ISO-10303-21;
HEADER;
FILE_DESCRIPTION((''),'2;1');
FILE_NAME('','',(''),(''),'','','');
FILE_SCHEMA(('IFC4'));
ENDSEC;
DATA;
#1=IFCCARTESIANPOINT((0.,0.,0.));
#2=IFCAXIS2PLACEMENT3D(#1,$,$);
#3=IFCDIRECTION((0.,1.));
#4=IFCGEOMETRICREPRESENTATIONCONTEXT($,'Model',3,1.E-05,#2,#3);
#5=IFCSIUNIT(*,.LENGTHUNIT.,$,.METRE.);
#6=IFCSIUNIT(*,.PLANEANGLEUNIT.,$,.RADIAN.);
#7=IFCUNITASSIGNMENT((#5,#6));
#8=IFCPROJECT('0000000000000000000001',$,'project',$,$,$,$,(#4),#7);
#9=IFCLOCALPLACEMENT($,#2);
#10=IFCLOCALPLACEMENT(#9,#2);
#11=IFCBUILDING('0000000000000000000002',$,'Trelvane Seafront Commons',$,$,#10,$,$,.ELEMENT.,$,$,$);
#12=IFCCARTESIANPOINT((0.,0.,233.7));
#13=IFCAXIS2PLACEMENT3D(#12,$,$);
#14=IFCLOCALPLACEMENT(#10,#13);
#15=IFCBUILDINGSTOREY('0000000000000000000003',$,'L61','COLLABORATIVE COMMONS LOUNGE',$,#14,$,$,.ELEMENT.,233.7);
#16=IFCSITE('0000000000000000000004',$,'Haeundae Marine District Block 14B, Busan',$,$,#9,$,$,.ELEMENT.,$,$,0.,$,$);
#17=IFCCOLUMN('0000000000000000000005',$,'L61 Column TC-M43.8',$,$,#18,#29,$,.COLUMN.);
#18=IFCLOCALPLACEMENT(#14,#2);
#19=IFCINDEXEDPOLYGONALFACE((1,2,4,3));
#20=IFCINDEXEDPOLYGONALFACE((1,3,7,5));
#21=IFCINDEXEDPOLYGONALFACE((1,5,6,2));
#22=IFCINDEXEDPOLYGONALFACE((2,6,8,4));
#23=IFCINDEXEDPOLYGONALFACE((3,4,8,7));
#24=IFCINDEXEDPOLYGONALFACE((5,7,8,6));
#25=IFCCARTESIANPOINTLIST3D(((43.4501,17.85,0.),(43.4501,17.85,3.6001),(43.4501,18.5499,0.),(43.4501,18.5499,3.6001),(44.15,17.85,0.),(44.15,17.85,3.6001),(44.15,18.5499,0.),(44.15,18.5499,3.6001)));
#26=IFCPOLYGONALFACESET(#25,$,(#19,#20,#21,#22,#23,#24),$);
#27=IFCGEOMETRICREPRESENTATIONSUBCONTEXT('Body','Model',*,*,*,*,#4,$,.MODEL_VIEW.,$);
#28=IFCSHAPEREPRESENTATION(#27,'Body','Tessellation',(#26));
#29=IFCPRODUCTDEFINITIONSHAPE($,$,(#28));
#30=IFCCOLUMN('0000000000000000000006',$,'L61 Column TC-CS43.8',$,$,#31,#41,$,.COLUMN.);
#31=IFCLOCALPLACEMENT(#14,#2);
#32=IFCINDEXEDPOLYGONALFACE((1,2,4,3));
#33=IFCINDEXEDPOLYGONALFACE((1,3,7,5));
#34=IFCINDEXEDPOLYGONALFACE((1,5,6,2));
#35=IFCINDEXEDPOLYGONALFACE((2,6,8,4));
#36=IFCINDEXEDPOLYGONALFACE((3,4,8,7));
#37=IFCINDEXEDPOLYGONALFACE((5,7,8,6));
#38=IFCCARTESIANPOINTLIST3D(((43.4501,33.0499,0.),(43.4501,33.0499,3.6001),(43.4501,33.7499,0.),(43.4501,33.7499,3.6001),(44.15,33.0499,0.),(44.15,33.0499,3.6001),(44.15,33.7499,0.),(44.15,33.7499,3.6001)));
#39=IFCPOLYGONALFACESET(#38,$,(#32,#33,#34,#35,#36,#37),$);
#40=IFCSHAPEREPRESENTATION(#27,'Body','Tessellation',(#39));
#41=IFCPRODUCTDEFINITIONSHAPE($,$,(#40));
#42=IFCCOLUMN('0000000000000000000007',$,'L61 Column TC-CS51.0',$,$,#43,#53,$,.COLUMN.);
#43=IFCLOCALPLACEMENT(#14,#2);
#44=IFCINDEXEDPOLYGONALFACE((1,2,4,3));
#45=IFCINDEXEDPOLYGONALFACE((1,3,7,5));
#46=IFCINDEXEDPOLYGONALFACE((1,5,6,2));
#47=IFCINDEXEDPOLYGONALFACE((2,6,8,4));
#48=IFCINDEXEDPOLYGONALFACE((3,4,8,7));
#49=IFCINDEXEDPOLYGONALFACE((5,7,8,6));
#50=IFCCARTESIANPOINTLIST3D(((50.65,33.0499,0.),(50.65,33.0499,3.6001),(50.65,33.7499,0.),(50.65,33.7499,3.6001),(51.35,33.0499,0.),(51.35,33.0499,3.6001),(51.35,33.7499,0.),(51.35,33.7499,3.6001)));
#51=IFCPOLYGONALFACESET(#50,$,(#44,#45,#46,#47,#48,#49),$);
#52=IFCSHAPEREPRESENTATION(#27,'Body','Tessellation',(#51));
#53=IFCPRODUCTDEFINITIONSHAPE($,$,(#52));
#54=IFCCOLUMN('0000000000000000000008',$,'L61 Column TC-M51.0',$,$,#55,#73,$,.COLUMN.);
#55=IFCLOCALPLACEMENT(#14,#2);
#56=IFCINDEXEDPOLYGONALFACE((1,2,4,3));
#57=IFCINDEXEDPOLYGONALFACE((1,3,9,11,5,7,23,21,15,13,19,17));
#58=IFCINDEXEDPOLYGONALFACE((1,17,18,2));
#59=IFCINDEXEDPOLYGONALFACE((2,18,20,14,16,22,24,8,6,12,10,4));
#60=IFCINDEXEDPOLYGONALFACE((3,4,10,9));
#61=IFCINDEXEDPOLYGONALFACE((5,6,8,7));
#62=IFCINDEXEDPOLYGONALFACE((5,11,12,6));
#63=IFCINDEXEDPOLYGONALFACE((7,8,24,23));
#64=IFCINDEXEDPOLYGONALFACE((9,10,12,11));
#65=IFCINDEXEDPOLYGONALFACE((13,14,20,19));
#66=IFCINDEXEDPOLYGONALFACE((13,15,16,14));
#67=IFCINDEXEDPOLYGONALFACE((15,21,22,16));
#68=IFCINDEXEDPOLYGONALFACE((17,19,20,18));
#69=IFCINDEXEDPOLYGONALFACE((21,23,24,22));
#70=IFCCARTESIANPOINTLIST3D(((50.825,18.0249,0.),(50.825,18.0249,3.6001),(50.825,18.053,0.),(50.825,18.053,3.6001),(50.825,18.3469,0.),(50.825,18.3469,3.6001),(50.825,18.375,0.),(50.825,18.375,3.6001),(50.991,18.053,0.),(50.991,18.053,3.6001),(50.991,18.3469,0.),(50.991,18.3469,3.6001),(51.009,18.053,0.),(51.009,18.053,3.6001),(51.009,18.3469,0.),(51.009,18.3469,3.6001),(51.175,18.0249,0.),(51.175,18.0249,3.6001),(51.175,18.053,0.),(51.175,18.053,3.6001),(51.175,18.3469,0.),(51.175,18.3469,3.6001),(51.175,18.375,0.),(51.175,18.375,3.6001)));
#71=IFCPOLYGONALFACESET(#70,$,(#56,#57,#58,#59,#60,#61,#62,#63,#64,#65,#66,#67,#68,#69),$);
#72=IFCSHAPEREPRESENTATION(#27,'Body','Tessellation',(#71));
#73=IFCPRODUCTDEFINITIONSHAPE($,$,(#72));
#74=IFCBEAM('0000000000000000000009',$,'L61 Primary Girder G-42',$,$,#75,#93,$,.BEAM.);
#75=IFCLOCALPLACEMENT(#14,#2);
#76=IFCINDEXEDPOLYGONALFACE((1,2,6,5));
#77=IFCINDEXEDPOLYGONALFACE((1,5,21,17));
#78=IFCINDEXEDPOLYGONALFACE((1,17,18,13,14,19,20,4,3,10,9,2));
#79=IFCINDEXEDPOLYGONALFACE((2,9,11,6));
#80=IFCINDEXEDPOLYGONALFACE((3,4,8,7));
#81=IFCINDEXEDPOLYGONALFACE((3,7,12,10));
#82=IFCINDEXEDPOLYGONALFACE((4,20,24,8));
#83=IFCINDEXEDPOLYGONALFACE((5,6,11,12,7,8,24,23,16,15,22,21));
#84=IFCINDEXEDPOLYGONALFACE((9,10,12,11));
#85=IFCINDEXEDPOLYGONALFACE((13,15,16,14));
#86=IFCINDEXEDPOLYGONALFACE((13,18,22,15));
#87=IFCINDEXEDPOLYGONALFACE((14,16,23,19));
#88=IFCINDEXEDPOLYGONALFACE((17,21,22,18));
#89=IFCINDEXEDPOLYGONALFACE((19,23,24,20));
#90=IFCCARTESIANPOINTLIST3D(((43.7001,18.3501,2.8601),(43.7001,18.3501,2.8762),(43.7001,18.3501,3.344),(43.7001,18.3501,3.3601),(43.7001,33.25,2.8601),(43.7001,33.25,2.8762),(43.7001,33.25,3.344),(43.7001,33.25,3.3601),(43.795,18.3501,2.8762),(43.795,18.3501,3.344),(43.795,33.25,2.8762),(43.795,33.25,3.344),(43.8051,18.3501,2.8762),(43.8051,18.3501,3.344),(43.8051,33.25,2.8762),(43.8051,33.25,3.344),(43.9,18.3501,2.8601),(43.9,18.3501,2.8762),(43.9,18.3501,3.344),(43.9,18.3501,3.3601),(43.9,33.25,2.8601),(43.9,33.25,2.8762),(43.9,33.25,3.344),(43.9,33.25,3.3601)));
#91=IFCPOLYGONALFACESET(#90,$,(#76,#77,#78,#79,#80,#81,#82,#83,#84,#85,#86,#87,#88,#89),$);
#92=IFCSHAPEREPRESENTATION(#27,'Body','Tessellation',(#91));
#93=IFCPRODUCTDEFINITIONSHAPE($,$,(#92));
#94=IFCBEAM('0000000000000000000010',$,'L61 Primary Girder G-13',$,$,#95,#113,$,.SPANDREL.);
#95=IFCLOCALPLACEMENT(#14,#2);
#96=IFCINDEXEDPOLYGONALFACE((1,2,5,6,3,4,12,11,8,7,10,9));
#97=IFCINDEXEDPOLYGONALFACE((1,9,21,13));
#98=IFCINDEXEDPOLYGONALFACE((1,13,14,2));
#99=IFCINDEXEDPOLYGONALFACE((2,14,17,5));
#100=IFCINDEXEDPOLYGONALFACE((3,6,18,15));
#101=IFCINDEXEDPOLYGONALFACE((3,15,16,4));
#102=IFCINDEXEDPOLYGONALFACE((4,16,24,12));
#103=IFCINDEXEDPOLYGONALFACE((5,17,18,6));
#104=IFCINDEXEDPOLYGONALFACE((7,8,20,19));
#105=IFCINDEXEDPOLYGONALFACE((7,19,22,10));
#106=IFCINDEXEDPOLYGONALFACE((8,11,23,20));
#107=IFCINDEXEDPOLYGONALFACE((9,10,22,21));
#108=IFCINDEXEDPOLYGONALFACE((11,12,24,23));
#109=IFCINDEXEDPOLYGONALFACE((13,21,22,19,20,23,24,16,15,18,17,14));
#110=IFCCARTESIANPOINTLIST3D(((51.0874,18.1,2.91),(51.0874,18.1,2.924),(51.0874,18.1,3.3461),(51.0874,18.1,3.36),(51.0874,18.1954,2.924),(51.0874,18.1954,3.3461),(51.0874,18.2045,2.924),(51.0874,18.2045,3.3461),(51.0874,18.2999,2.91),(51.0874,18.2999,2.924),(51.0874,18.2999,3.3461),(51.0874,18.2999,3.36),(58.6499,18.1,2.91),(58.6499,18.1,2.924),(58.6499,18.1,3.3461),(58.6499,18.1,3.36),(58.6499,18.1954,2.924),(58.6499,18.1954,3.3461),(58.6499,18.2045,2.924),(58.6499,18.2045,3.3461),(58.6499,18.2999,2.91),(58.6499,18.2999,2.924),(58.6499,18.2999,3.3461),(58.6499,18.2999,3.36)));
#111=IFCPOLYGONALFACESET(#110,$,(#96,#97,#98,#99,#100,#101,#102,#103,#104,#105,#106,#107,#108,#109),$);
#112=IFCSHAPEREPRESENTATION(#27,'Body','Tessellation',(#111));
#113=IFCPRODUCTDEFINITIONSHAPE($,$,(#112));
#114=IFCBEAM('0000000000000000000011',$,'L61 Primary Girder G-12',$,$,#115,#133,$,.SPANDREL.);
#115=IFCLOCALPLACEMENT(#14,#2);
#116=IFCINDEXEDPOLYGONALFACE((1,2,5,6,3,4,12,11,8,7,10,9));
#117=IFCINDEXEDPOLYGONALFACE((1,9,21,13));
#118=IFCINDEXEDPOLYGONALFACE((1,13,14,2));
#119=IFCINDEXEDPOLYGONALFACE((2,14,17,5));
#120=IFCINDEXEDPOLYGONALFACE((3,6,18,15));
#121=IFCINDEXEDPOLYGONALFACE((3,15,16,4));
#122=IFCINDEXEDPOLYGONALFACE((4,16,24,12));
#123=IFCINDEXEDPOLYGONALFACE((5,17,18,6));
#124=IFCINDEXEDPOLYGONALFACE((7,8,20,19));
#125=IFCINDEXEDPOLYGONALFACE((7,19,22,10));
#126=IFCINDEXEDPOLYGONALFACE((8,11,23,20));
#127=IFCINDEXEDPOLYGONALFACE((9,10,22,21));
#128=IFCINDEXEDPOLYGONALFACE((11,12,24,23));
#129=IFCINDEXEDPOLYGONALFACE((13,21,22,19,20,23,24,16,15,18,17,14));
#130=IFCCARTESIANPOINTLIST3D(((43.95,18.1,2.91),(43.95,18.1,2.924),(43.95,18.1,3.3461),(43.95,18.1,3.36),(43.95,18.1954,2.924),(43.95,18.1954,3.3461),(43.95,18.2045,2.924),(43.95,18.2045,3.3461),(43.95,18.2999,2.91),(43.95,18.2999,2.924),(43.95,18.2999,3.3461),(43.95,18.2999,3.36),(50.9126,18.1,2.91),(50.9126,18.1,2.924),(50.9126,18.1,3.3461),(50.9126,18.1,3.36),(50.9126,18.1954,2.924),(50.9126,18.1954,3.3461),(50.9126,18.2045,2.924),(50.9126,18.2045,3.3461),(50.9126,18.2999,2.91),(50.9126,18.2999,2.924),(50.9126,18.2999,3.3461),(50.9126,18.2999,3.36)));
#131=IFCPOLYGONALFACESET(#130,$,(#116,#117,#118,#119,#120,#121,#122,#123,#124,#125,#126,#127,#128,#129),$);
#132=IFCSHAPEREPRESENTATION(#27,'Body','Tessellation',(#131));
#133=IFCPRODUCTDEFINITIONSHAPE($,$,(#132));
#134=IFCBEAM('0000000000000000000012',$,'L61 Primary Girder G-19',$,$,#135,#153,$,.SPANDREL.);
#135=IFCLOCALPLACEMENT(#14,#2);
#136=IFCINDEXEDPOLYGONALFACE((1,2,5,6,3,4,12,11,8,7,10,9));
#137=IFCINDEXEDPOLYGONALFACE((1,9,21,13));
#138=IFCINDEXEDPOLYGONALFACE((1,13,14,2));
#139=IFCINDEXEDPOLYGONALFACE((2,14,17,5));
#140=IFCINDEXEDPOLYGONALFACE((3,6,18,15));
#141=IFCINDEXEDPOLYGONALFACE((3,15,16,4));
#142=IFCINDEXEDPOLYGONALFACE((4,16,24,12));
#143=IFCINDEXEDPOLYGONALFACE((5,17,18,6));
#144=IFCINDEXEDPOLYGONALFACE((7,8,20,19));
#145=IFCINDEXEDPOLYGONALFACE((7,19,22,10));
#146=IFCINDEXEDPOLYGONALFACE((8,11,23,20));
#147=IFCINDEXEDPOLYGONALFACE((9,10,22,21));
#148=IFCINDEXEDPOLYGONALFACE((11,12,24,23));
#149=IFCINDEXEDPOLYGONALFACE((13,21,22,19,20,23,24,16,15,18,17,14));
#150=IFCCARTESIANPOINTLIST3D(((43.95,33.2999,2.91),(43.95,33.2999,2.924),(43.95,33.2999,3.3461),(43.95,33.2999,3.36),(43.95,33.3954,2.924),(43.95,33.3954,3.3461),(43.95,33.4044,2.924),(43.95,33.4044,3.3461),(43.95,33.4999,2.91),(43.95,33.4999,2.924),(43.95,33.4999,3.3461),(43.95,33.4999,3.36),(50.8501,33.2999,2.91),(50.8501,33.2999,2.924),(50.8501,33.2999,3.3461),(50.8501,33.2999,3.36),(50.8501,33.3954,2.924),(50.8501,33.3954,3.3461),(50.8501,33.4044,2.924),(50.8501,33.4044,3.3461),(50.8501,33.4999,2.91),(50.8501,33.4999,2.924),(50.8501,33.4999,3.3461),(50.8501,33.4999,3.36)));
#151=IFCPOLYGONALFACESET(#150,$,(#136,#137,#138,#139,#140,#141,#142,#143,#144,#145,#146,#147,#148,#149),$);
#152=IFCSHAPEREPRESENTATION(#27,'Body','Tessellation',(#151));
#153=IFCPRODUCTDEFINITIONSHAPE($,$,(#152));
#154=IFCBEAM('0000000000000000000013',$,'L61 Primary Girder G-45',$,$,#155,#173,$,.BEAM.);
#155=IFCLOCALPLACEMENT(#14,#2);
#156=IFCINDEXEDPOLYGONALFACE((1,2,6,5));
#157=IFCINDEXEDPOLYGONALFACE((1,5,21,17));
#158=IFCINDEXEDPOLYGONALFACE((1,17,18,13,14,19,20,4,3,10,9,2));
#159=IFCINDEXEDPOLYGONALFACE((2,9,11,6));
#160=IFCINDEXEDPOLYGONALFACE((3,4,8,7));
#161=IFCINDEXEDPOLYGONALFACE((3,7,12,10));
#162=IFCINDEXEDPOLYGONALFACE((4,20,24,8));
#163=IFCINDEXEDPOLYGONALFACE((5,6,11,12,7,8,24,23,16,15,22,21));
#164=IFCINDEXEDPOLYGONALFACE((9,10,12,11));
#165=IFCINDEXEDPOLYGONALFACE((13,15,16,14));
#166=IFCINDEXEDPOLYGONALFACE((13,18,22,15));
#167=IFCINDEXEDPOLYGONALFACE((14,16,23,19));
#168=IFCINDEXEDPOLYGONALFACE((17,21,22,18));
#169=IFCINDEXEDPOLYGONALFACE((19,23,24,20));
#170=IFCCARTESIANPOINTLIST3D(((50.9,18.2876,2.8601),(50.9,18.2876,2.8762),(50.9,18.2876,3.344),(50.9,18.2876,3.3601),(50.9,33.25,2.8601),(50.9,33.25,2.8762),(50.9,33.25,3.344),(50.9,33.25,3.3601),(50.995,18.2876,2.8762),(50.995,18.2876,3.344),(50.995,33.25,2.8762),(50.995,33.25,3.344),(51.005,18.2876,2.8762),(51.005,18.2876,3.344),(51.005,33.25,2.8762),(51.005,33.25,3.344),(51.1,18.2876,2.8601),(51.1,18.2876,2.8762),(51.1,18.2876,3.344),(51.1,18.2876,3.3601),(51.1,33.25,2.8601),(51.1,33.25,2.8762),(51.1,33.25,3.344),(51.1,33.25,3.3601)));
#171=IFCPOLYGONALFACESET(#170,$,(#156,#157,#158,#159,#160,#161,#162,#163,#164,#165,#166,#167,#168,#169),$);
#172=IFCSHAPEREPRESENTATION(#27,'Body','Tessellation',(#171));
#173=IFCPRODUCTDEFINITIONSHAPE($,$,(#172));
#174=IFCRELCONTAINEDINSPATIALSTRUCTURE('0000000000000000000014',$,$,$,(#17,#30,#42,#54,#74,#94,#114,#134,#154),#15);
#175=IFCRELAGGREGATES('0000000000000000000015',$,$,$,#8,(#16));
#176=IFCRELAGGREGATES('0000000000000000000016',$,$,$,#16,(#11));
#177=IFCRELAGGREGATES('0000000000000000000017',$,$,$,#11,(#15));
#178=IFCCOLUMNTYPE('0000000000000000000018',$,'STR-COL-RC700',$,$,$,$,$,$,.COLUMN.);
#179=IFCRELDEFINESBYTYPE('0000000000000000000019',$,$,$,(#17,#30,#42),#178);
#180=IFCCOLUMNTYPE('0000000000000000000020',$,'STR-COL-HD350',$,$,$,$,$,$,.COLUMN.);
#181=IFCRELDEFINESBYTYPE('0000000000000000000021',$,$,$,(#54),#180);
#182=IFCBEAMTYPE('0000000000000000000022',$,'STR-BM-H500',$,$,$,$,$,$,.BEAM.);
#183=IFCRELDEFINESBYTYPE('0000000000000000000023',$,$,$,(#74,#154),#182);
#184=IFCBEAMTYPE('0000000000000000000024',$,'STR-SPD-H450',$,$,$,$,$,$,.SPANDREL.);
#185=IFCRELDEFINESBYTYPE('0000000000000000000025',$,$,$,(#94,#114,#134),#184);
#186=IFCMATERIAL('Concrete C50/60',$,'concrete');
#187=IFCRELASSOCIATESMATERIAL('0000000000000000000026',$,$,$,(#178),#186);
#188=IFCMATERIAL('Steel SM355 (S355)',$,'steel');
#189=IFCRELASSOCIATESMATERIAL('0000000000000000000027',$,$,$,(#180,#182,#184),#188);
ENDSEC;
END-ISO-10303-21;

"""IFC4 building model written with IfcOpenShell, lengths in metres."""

from ifc_helpers import new_model, si_unit, direction, frame, origin, origin_2d, place, context, subcontext, project, spatial, rectangle, i_section, extrude, source, transform, mapped, material, material_profile, profile_set, type_object, element, save


model = new_model("IFC4")

# Units and contexts
model_context = context("Model", 3, precision=1e-05, world=origin(), true_north=direction((0.0, 1.0)))
body_context = subcontext(model_context, "Body", "Model", "MODEL_VIEW")
ifc_project = project(units=[si_unit("LENGTHUNIT", "METRE"), si_unit("PLANEANGLEUNIT", "RADIAN")], contexts=[model_context])

# Site, building, storey
site_placement = place(None, origin())
site = spatial("IfcSite", under=ifc_project, at=site_placement, Name="Haeundae Marine District Block 14B, Busan", CompositionType="ELEMENT", RefElevation=0.0)
building_placement = place(site_placement, origin())
building = spatial("IfcBuilding", under=site, at=building_placement, Name="Trelvane Seafront Commons", CompositionType="ELEMENT")
storey_placement = place(building_placement, frame((0.0, 0.0, 233.7)))
storey = spatial("IfcBuildingStorey", under=building, at=storey_placement, Name="L61", Description="COLLABORATIVE COMMONS LOUNGE", CompositionType="ELEMENT", Elevation=233.7)

# Columns
ifc_material_1 = material(Name="Concrete C50/60", Category="concrete")
ifc_material_profile_1 = material_profile(ifc_material_1, rectangle(XDim=0.7, YDim=0.7, at=origin_2d()), Name="RC-700x700")
ifc_profile_set_1 = profile_set([ifc_material_profile_1], Name="Concrete C50/60")
column_type_1 = type_object("IfcColumnType", Name="STR-COL-RC700", PredefinedType="COLUMN", material=ifc_profile_set_1)
shared_shape_1 = source(origin(), body_context, "Body", "SweptSolid", [
    extrude(rectangle(XDim=0.7, YDim=0.7, at=origin_2d()), origin(), (0.0, 0.0, 1.0), 3.6001),
])
for number, where, z_axis, x_axis, name in (
    (1, (43.8, 18.2, 0.0), (0.0, 0.0, 1.0), (1.0, 0.0, 0.0), "L61 Column TC-M43.8"),
    (2, (43.8, 33.3999, 0.0), (0.0, 0.0, 1.0), (1.0, 0.0, 0.0), "L61 Column TC-CS43.8"),
    (3, (51.0, 33.3999, 0.0), (0.0, 0.0, 1.0), (1.0, 0.0, 0.0), "L61 Column TC-CS51.0"),
):
    element("IfcColumn", number, at=place(storey_placement, frame(where, z_axis=z_axis, x_axis=x_axis)), inside=storey, type_object=column_type_1, Name=name, PredefinedType="COLUMN", context=body_context, shape_type="MappedRepresentation", body=[
        mapped(shared_shape_1, transform((0.0, 0.0, 0.0), x_axis=(1.0, 0.0, 0.0), y_axis=(0.0, 1.0, 0.0), z_axis=(0.0, 0.0, 1.0), scale=1.0)),
    ])
ifc_material_2 = material(Name="Steel SM355 (S355)", Category="steel")
ifc_material_profile_2 = material_profile(ifc_material_2, i_section(OverallWidth=0.3501, OverallDepth=0.3501, WebThickness=0.0181, FlangeThickness=0.0281, at=origin_2d()), Name="HD-350x350x18x28")
ifc_profile_set_2 = profile_set([ifc_material_profile_2], Name="Steel SM355 (S355)")
column_type_2 = type_object("IfcColumnType", Name="STR-COL-HD350", PredefinedType="COLUMN", material=ifc_profile_set_2)
shared_shape_2 = source(origin(), body_context, "Body", "SweptSolid", [
    extrude(i_section(OverallWidth=0.3501, OverallDepth=0.3501, WebThickness=0.0181, FlangeThickness=0.0281, at=origin_2d()), origin(), (0.0, 0.0, 1.0), 3.6001),
])
column_placement = place(storey_placement, frame((51.0, 18.2, 0.0), z_axis=(0.0, 0.0, 1.0), x_axis=(1.0, 0.0, 0.0)))
element("IfcColumn", 4, at=column_placement, inside=storey, type_object=column_type_2, Name="L61 Column TC-M51.0", PredefinedType="COLUMN", context=body_context, shape_type="MappedRepresentation", body=[
    mapped(shared_shape_2, transform((0.0, 0.0, 0.0), x_axis=(1.0, 0.0, 0.0), y_axis=(0.0, 1.0, 0.0), z_axis=(0.0, 0.0, 1.0), scale=1.0)),
])

# Beams
ifc_material_profile_3 = material_profile(ifc_material_2, i_section(OverallWidth=0.2, OverallDepth=0.5, WebThickness=0.01, FlangeThickness=0.0161, at=origin_2d()), Name="H-500x200x10x16")
ifc_profile_set_3 = profile_set([ifc_material_profile_3], Name="Steel SM355 (S355)")
beam_type_1 = type_object("IfcBeamType", Name="STR-BM-H500", PredefinedType="BEAM", material=ifc_profile_set_3)
shared_shape_3 = source(origin(), body_context, "Body", "SweptSolid", [
    extrude(i_section(OverallWidth=0.2, OverallDepth=0.5, WebThickness=0.01, FlangeThickness=0.0161, at=origin_2d()), origin(), (0.0, 0.0, 1.0), 14.8999),
])
beam_1_placement = place(storey_placement, frame((43.8, 18.3501, 3.1101), z_axis=(0.0, 1.0, 0.0), x_axis=(-1.0, 0.0, 0.0)))
element("IfcBeam", 5, at=beam_1_placement, inside=storey, type_object=beam_type_1, Name="L61 Primary Girder G-42", PredefinedType="BEAM", context=body_context, shape_type="MappedRepresentation", body=[
    mapped(shared_shape_3, transform((0.0, 0.0, 0.0), x_axis=(1.0, 0.0, 0.0), y_axis=(0.0, 1.0, 0.0), z_axis=(0.0, 0.0, 1.0), scale=1.0)),
])
ifc_material_profile_4 = material_profile(ifc_material_2, i_section(OverallWidth=0.2, OverallDepth=0.45, WebThickness=0.009, FlangeThickness=0.0139, at=origin_2d()), Name="H-450x200x9x14")
ifc_profile_set_4 = profile_set([ifc_material_profile_4], Name="Steel SM355 (S355)")
beam_type_2 = type_object("IfcBeamType", Name="STR-SPD-H450", PredefinedType="SPANDREL", material=ifc_profile_set_4)
shared_shape_4 = source(origin(), body_context, "Body", "SweptSolid", [
    extrude(i_section(OverallWidth=0.2, OverallDepth=0.45, WebThickness=0.009, FlangeThickness=0.0139, at=origin_2d()), origin(), (0.0, 0.0, 1.0), 7.5625),
])
beam_2_placement = place(storey_placement, frame((51.0874, 18.2, 3.135), z_axis=(1.0, 0.0, 0.0), x_axis=(0.0, 1.0, 0.0)))
element("IfcBeam", 6, at=beam_2_placement, inside=storey, type_object=beam_type_2, Name="L61 Primary Girder G-13", PredefinedType="SPANDREL", context=body_context, shape_type="MappedRepresentation", body=[
    mapped(shared_shape_4, transform((0.0, 0.0, 0.0), x_axis=(1.0, 0.0, 0.0), y_axis=(0.0, 1.0, 0.0), z_axis=(0.0, 0.0, 1.0), scale=1.0)),
])
shared_shape_5 = source(origin(), body_context, "Body", "SweptSolid", [
    extrude(i_section(OverallWidth=0.2, OverallDepth=0.45, WebThickness=0.009, FlangeThickness=0.0139, at=origin_2d()), origin(), (0.0, 0.0, 1.0), 6.9626),
])
beam_3_placement = place(storey_placement, frame((43.95, 18.2, 3.135), z_axis=(1.0, 0.0, 0.0), x_axis=(0.0, 1.0, 0.0)))
element("IfcBeam", 7, at=beam_3_placement, inside=storey, type_object=beam_type_2, Name="L61 Primary Girder G-12", PredefinedType="SPANDREL", context=body_context, shape_type="MappedRepresentation", body=[
    mapped(shared_shape_5, transform((0.0, 0.0, 0.0), x_axis=(1.0, 0.0, 0.0), y_axis=(0.0, 1.0, 0.0), z_axis=(0.0, 0.0, 1.0), scale=1.0)),
])
shared_shape_6 = source(origin(), body_context, "Body", "SweptSolid", [
    extrude(i_section(OverallWidth=0.2, OverallDepth=0.45, WebThickness=0.009, FlangeThickness=0.0139, at=origin_2d()), origin(), (0.0, 0.0, 1.0), 6.9001),
])
beam_4_placement = place(storey_placement, frame((43.95, 33.3999, 3.135), z_axis=(1.0, 0.0, 0.0), x_axis=(0.0, 1.0, 0.0)))
element("IfcBeam", 8, at=beam_4_placement, inside=storey, type_object=beam_type_2, Name="L61 Primary Girder G-19", PredefinedType="SPANDREL", context=body_context, shape_type="MappedRepresentation", body=[
    mapped(shared_shape_6, transform((0.0, 0.0, 0.0), x_axis=(1.0, 0.0, 0.0), y_axis=(0.0, 1.0, 0.0), z_axis=(0.0, 0.0, 1.0), scale=1.0)),
])
shared_shape_7 = source(origin(), body_context, "Body", "SweptSolid", [
    extrude(i_section(OverallWidth=0.2, OverallDepth=0.5, WebThickness=0.01, FlangeThickness=0.0161, at=origin_2d()), origin(), (0.0, 0.0, 1.0), 14.9624),
])
beam_5_placement = place(storey_placement, frame((51.0, 18.2876, 3.1101), z_axis=(0.0, 1.0, 0.0), x_axis=(-1.0, 0.0, 0.0)))
element("IfcBeam", 9, at=beam_5_placement, inside=storey, type_object=beam_type_1, Name="L61 Primary Girder G-45", PredefinedType="BEAM", context=body_context, shape_type="MappedRepresentation", body=[
    mapped(shared_shape_7, transform((0.0, 0.0, 0.0), x_axis=(1.0, 0.0, 0.0), y_axis=(0.0, 1.0, 0.0), z_axis=(0.0, 0.0, 1.0), scale=1.0)),
])

save(model, "model.ifc")
